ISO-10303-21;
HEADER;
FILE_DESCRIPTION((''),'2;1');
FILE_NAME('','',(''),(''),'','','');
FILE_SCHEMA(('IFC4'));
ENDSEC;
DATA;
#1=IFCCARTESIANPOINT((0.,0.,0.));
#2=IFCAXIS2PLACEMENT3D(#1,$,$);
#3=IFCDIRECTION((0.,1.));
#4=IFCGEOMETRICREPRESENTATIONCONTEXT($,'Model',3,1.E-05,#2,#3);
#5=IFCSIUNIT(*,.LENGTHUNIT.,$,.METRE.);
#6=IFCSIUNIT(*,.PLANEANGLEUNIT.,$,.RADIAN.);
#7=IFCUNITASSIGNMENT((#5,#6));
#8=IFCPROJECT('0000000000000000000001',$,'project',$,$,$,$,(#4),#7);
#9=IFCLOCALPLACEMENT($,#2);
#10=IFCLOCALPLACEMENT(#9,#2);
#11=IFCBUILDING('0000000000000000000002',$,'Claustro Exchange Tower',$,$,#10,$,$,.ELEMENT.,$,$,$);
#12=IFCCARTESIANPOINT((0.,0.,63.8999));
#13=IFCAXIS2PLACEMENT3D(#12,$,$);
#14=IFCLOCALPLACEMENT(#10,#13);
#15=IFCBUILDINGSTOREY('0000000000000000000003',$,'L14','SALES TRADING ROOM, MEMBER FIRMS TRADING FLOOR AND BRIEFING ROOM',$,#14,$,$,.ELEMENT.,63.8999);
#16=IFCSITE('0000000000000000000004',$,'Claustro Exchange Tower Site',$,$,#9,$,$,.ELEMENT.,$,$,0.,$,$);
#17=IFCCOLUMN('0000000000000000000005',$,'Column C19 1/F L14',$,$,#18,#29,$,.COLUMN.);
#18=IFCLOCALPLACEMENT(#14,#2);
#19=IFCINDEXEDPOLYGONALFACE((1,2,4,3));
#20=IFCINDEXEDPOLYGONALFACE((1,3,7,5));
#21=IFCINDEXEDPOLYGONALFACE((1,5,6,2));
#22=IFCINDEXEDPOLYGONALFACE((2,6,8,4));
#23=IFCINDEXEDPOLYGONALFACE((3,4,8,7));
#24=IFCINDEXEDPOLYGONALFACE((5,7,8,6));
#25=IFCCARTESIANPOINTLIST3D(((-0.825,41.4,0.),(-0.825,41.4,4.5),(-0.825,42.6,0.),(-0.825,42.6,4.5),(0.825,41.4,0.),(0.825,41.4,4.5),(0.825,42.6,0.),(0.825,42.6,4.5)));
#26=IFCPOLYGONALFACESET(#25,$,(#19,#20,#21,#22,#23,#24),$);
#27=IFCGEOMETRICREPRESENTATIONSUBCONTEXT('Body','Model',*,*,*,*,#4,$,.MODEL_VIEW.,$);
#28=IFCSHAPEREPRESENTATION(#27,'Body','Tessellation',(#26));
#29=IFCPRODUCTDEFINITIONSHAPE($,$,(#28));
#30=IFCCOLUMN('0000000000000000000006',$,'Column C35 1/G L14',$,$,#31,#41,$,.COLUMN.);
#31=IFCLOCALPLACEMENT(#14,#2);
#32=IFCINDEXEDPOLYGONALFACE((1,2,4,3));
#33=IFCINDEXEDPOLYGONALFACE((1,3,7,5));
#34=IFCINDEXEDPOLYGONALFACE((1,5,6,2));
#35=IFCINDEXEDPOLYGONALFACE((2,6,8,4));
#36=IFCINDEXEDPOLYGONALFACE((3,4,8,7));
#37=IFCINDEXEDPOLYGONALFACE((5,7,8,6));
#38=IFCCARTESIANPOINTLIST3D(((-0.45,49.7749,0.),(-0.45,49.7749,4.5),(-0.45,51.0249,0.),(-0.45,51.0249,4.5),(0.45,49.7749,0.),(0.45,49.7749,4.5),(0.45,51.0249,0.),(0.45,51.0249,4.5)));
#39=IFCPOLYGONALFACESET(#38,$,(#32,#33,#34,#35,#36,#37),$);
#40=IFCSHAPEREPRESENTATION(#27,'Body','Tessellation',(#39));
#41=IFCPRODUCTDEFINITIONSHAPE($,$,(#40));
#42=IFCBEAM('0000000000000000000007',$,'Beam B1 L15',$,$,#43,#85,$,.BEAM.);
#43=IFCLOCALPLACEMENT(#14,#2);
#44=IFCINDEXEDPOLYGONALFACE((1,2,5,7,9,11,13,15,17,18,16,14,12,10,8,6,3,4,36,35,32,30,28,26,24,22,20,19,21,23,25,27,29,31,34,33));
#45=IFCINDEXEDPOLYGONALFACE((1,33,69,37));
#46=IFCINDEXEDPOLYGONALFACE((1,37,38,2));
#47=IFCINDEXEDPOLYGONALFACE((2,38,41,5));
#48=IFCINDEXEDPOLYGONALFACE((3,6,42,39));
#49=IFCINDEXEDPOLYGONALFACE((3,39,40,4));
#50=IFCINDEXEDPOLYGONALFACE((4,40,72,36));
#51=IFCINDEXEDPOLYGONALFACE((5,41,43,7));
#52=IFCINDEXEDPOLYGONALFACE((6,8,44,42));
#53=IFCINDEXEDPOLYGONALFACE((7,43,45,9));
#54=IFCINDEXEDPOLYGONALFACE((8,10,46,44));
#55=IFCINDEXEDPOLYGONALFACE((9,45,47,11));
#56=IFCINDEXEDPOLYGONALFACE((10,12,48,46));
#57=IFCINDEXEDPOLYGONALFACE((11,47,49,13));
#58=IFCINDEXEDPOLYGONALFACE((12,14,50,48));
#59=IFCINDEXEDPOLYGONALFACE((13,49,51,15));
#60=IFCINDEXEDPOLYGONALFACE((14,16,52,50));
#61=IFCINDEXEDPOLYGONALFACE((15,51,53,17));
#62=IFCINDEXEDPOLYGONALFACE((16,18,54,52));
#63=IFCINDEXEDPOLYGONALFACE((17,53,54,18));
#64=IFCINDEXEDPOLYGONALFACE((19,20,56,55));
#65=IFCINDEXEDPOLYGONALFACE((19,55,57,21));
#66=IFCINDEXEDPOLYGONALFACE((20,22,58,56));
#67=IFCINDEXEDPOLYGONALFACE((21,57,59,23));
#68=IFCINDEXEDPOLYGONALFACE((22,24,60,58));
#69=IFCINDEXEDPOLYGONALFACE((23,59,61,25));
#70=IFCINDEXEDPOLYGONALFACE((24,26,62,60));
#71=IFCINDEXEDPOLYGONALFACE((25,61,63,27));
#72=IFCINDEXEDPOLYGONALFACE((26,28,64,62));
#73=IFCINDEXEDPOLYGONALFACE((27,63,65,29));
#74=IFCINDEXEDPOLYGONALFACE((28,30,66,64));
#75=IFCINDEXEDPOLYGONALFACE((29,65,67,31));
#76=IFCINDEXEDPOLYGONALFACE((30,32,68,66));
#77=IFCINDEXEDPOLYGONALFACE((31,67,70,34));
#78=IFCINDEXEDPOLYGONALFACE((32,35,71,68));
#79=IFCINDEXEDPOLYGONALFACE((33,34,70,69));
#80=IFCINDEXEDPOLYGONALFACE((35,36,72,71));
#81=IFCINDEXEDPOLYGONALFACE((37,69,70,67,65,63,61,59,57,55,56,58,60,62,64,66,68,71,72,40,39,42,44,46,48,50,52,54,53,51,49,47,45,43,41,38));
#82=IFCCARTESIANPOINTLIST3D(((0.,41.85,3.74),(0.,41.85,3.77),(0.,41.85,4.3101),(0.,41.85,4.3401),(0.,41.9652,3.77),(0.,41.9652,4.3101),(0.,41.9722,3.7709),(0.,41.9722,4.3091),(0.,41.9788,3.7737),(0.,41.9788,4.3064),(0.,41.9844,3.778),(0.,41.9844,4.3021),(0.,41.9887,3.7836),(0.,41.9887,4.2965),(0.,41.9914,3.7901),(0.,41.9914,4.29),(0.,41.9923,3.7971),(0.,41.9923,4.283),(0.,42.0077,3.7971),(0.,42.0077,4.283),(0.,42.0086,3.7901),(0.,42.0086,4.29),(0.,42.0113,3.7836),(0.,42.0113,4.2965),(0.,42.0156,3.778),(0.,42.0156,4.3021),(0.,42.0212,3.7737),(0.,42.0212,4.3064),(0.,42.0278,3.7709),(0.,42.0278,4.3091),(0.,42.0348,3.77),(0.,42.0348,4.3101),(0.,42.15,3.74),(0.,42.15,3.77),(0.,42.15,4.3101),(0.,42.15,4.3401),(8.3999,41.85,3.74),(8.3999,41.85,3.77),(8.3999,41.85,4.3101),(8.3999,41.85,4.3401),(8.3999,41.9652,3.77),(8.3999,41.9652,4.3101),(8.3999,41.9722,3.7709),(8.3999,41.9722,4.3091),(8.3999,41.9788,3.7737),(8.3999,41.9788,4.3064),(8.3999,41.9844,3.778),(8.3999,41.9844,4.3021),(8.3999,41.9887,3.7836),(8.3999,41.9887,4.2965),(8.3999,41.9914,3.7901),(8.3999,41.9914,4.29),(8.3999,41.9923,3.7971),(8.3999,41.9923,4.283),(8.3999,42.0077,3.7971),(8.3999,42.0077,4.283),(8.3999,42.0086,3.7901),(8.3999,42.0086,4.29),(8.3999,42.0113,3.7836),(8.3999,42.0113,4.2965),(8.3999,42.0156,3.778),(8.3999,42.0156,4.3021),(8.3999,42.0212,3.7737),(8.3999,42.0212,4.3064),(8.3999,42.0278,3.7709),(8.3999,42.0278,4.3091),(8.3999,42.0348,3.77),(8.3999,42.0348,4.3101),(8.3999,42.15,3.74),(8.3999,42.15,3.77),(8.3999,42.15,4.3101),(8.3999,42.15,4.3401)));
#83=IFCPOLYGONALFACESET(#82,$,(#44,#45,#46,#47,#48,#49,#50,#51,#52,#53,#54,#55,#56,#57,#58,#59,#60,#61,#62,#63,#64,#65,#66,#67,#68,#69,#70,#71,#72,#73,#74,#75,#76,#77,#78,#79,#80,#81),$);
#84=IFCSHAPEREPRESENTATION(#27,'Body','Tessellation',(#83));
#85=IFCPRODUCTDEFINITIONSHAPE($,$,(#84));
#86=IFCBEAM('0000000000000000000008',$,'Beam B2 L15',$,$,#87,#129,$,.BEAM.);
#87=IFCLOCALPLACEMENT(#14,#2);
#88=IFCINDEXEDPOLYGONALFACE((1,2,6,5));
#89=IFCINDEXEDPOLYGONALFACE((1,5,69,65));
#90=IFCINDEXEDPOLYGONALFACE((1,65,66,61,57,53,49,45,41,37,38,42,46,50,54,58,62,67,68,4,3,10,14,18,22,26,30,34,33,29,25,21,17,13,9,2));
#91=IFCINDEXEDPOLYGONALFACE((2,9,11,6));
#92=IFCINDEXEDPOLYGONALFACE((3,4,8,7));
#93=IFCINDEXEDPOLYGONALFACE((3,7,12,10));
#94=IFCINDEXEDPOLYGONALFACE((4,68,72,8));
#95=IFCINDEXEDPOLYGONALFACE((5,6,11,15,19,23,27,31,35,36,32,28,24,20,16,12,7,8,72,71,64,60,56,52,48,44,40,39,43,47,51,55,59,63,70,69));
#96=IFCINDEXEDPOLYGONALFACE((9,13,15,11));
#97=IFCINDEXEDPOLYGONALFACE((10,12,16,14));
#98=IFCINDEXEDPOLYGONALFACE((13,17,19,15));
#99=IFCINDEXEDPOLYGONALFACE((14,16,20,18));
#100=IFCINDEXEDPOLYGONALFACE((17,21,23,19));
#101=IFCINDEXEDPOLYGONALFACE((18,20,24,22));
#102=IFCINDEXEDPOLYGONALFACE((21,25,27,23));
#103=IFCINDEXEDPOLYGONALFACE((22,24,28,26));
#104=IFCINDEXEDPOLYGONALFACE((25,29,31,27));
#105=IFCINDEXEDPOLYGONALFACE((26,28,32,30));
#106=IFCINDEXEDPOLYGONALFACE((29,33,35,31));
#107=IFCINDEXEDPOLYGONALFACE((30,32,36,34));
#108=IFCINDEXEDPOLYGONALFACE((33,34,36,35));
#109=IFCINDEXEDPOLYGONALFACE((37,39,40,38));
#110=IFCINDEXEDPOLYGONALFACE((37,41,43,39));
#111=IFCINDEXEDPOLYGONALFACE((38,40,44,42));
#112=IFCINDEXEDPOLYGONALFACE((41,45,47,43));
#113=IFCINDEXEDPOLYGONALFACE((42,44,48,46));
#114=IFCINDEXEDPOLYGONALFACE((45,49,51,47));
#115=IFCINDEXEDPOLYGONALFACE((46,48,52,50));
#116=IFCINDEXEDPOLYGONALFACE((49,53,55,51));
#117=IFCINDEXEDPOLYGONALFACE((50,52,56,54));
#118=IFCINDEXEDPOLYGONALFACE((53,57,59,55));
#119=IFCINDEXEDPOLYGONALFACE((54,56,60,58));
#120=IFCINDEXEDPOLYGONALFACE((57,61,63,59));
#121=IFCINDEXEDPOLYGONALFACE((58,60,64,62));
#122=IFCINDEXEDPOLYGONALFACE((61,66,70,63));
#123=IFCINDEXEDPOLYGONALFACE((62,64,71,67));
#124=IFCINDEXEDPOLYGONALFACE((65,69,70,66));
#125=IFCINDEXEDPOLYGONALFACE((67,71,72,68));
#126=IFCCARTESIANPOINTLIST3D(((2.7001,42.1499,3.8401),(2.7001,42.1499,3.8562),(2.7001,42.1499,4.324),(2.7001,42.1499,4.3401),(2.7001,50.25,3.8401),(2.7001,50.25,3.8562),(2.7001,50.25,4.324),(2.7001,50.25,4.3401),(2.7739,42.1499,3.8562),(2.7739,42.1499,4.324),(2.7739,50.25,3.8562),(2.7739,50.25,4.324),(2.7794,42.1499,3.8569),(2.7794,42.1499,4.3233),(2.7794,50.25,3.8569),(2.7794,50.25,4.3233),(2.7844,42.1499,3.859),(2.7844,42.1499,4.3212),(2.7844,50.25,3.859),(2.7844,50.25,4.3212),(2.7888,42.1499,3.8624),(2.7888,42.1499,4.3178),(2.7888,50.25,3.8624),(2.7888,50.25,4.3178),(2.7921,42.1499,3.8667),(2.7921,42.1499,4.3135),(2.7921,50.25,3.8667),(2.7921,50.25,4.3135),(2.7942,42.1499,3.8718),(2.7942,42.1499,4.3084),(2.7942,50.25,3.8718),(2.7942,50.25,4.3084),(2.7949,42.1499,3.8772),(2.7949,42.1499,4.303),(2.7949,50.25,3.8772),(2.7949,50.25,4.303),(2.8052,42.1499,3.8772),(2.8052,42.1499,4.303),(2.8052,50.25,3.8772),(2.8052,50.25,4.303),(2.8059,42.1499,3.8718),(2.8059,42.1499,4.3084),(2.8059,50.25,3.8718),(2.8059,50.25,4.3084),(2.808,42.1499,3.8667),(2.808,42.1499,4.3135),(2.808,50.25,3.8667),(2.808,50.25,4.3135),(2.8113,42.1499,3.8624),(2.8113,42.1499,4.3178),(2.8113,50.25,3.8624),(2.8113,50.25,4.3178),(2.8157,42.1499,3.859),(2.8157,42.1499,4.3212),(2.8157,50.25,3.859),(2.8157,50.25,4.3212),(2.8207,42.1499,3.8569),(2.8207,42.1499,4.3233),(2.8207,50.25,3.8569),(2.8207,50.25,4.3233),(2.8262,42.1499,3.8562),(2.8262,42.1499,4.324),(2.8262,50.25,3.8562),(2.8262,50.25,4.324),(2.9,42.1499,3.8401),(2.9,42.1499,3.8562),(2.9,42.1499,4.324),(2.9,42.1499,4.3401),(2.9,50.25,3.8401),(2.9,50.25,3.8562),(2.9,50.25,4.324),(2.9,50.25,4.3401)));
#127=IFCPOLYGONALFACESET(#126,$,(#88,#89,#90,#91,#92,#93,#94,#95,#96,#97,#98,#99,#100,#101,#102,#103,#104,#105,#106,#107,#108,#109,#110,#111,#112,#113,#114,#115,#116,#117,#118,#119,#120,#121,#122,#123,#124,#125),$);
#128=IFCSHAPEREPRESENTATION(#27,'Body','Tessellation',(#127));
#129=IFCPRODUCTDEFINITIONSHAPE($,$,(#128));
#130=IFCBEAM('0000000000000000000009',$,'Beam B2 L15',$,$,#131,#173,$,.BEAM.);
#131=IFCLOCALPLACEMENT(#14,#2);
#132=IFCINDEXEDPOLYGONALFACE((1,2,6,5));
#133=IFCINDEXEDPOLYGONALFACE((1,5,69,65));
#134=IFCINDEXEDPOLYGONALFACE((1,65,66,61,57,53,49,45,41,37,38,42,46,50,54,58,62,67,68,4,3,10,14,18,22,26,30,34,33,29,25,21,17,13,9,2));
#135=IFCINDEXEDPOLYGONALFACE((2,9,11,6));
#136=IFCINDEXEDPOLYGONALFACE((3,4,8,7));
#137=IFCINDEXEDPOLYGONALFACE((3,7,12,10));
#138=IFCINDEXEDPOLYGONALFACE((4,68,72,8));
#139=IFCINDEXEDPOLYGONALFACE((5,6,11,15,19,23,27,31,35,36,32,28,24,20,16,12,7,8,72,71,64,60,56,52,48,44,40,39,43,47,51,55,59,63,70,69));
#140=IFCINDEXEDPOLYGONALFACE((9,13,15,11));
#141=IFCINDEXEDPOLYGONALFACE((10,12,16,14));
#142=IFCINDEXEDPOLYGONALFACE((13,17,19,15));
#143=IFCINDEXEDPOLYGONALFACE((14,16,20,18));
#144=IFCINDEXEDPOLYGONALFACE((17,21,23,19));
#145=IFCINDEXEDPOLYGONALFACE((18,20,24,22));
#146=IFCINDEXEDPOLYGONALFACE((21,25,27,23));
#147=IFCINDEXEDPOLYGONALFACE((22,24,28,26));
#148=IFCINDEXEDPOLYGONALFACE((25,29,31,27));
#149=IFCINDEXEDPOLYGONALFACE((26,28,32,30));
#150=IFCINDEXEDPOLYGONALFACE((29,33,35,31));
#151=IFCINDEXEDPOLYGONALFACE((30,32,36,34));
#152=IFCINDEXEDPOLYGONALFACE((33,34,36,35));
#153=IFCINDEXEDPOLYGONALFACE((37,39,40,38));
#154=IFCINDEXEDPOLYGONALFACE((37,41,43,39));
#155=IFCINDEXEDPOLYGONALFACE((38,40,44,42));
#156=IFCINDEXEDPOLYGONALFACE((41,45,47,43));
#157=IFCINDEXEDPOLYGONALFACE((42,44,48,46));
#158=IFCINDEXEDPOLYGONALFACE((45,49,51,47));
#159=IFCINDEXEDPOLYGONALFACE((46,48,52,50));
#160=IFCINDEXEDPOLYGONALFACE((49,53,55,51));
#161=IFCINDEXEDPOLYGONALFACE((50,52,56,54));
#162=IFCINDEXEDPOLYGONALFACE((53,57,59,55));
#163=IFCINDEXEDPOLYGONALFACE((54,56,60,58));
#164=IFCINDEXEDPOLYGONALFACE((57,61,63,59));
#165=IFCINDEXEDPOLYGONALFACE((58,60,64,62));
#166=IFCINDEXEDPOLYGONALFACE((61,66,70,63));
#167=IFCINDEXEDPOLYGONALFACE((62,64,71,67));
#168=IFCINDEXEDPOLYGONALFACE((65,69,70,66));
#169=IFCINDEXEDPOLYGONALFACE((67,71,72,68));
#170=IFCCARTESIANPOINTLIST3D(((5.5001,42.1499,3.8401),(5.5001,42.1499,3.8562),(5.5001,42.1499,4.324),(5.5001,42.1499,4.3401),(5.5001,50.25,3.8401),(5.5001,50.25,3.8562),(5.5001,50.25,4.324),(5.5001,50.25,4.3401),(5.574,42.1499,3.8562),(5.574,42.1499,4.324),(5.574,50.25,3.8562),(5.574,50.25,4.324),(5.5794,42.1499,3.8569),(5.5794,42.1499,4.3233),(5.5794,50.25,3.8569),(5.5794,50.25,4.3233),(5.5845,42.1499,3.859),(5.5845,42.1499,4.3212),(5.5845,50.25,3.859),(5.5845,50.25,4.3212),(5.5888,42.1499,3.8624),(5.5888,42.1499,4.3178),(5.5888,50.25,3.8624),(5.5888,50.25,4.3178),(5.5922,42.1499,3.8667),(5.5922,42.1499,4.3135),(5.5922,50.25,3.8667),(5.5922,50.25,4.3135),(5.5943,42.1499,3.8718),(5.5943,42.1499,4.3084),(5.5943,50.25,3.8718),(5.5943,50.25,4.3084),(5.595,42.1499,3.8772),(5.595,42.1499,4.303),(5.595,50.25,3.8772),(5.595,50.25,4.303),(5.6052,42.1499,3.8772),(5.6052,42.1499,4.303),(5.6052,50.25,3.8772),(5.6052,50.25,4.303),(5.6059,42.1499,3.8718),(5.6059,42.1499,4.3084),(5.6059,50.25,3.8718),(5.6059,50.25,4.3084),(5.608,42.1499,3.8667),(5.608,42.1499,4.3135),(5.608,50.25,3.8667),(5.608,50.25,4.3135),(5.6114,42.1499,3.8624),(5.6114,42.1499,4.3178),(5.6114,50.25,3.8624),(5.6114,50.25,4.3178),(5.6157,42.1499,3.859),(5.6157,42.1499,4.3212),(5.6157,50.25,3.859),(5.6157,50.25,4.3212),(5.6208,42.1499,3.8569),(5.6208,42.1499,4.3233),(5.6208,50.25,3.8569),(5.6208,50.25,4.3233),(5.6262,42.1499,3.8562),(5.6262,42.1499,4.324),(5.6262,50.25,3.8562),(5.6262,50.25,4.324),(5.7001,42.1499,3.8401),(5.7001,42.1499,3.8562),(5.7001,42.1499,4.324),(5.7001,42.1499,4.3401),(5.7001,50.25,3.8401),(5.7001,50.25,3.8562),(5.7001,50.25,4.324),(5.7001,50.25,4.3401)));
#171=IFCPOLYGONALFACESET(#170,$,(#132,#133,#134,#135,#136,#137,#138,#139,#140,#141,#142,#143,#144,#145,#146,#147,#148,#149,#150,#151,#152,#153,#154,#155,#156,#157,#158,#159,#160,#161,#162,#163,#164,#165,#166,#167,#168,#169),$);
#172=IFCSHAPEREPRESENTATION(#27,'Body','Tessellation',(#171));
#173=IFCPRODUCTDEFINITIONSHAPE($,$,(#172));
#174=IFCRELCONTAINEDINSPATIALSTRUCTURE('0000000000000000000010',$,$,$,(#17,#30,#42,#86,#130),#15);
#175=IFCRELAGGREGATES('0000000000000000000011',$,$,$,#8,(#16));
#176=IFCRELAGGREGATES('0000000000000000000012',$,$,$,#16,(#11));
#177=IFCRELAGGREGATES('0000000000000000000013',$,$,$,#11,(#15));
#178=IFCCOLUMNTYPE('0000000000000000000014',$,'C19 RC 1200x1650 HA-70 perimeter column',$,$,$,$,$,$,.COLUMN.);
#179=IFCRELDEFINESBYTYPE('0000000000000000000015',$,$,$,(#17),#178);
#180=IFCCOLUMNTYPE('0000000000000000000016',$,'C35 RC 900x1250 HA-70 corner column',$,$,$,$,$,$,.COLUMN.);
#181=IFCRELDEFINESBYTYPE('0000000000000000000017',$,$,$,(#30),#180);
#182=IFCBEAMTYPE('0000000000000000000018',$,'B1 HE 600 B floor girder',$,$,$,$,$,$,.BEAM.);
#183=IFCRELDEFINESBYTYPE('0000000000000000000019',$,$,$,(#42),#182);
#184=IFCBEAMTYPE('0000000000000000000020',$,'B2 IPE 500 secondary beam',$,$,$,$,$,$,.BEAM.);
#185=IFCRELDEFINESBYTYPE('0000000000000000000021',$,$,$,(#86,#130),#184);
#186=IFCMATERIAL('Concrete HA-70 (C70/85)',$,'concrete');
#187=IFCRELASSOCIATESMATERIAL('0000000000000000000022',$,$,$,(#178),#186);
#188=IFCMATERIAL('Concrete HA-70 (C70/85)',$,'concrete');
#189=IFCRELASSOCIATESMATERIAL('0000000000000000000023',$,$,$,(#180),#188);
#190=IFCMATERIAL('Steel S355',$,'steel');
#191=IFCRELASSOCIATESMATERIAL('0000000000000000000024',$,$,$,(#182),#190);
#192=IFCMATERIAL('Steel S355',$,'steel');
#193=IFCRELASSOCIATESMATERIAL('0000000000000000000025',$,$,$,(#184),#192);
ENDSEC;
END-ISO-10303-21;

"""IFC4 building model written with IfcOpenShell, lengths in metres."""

from ifc_helpers import new_model, si_unit, direction, frame, origin, origin_2d, place, context, subcontext, project, spatial, rectangle, i_section, extrude, material, material_profile, profile_set, type_object, element, save


model = new_model("IFC4")

# Units and contexts
model_context = context("Model", 3, precision=1e-05, world=origin(), true_north=direction((0.0, 1.0)))
body_context = subcontext(model_context, "Body", "Model", "MODEL_VIEW")
ifc_project = project(units=[si_unit("LENGTHUNIT", "METRE"), si_unit("PLANEANGLEUNIT", "RADIAN")], contexts=[model_context])

# Site, building, storey
site_placement = place(None, origin())
site = spatial("IfcSite", under=ifc_project, at=site_placement, Name="Claustro Exchange Tower Site", CompositionType="ELEMENT", RefElevation=0.0)
building_placement = place(site_placement, origin())
building = spatial("IfcBuilding", under=site, at=building_placement, Name="Claustro Exchange Tower", CompositionType="ELEMENT")
storey_placement = place(building_placement, frame((0.0, 0.0, 63.8999)))
storey = spatial("IfcBuildingStorey", under=building, at=storey_placement, Name="L14", Description="SALES TRADING ROOM, MEMBER FIRMS TRADING FLOOR AND BRIEFING ROOM", CompositionType="ELEMENT", Elevation=63.8999)

# Columns
ifc_material_1 = material(Name="Concrete HA-70 (C70/85)", Category="concrete")
ifc_material_profile_1 = material_profile(ifc_material_1, rectangle(XDim=1.2, YDim=1.6499, at=origin_2d()), Name="RC 1200x1650")
ifc_profile_set_1 = profile_set([ifc_material_profile_1], Name="Concrete HA-70 (C70/85)")
column_type_1 = type_object("IfcColumnType", Name="C19 RC 1200x1650 HA-70 perimeter column", PredefinedType="COLUMN", material=ifc_profile_set_1)
column_1_placement = place(storey_placement, frame((0.0, 42.0, 0.0), z_axis=(0.0, 0.0, 1.0), x_axis=(0.0, 1.0, 0.0)))
element("IfcColumn", 1, at=column_1_placement, inside=storey, type_object=column_type_1, Name="Column C19 1/F L14", PredefinedType="COLUMN", context=body_context, shape_type="SweptSolid", body=[
    extrude(rectangle(XDim=1.2, YDim=1.6499, at=origin_2d()), origin(), (0.0, 0.0, 1.0), 4.5),
])
ifc_material_2 = material(Name="Concrete HA-70 (C70/85)", Category="concrete")
ifc_material_profile_2 = material_profile(ifc_material_2, rectangle(XDim=0.8999, YDim=1.25, at=origin_2d()), Name="RC 900x1250")
ifc_profile_set_2 = profile_set([ifc_material_profile_2], Name="Concrete HA-70 (C70/85)")
column_type_2 = type_object("IfcColumnType", Name="C35 RC 900x1250 HA-70 corner column", PredefinedType="COLUMN", material=ifc_profile_set_2)
column_2_placement = place(storey_placement, frame((0.0, 50.3999, 0.0), z_axis=(0.0, 0.0, 1.0), x_axis=(1.0, 0.0, 0.0)))
element("IfcColumn", 2, at=column_2_placement, inside=storey, type_object=column_type_2, Name="Column C35 1/G L14", PredefinedType="COLUMN", context=body_context, shape_type="SweptSolid", body=[
    extrude(rectangle(XDim=0.8999, YDim=1.25, at=origin_2d()), origin(), (0.0, 0.0, 1.0), 4.5),
])

# Beams
ifc_material_3 = material(Name="Steel S355", Category="steel")
ifc_material_profile_3 = material_profile(ifc_material_3, i_section(OverallWidth=0.3, OverallDepth=0.6001, WebThickness=0.0154, FlangeThickness=0.03, FilletRadius=0.0271, at=origin_2d()), Name="HE 600 B")
ifc_profile_set_3 = profile_set([ifc_material_profile_3], Name="Steel S355")
beam_type_1 = type_object("IfcBeamType", Name="B1 HE 600 B floor girder", PredefinedType="BEAM", material=ifc_profile_set_3)
beam_1_placement = place(storey_placement, frame((0.0, 42.0, 4.04), z_axis=(1.0, 0.0, 0.0), x_axis=(0.0, 1.0, 0.0)))
element("IfcBeam", 3, at=beam_1_placement, inside=storey, type_object=beam_type_1, Name="Beam B1 L15", PredefinedType="BEAM", context=body_context, shape_type="SweptSolid", body=[
    extrude(i_section(OverallWidth=0.3, OverallDepth=0.6001, WebThickness=0.0154, FlangeThickness=0.03, FilletRadius=0.0271, at=origin_2d()), origin(), (0.0, 0.0, 1.0), 8.3999),
])
ifc_material_4 = material(Name="Steel S355", Category="steel")
ifc_material_profile_4 = material_profile(ifc_material_4, i_section(OverallWidth=0.2, OverallDepth=0.5, WebThickness=0.0103, FlangeThickness=0.0161, FilletRadius=0.021, at=origin_2d()), Name="IPE 500")
ifc_profile_set_4 = profile_set([ifc_material_profile_4], Name="Steel S355")
beam_type_2 = type_object("IfcBeamType", Name="B2 IPE 500 secondary beam", PredefinedType="BEAM", material=ifc_profile_set_4)
for number, where, z_axis, x_axis, name in (
    (4, (2.8, 42.1499, 4.0901), (0.0, 1.0, 0.0), (-1.0, 0.0, 0.0), "Beam B2 L15"),
    (5, (5.6001, 42.1499, 4.0901), (0.0, 1.0, 0.0), (-1.0, 0.0, 0.0), "Beam B2 L15"),
):
    element("IfcBeam", number, at=place(storey_placement, frame(where, z_axis=z_axis, x_axis=x_axis)), inside=storey, type_object=beam_type_2, Name=name, PredefinedType="BEAM", context=body_context, shape_type="SweptSolid", body=[
        extrude(i_section(OverallWidth=0.2, OverallDepth=0.5, WebThickness=0.0103, FlangeThickness=0.0161, FilletRadius=0.021, at=origin_2d()), origin(), (0.0, 0.0, 1.0), 8.1001),
    ])

save(model, "model.ifc")
